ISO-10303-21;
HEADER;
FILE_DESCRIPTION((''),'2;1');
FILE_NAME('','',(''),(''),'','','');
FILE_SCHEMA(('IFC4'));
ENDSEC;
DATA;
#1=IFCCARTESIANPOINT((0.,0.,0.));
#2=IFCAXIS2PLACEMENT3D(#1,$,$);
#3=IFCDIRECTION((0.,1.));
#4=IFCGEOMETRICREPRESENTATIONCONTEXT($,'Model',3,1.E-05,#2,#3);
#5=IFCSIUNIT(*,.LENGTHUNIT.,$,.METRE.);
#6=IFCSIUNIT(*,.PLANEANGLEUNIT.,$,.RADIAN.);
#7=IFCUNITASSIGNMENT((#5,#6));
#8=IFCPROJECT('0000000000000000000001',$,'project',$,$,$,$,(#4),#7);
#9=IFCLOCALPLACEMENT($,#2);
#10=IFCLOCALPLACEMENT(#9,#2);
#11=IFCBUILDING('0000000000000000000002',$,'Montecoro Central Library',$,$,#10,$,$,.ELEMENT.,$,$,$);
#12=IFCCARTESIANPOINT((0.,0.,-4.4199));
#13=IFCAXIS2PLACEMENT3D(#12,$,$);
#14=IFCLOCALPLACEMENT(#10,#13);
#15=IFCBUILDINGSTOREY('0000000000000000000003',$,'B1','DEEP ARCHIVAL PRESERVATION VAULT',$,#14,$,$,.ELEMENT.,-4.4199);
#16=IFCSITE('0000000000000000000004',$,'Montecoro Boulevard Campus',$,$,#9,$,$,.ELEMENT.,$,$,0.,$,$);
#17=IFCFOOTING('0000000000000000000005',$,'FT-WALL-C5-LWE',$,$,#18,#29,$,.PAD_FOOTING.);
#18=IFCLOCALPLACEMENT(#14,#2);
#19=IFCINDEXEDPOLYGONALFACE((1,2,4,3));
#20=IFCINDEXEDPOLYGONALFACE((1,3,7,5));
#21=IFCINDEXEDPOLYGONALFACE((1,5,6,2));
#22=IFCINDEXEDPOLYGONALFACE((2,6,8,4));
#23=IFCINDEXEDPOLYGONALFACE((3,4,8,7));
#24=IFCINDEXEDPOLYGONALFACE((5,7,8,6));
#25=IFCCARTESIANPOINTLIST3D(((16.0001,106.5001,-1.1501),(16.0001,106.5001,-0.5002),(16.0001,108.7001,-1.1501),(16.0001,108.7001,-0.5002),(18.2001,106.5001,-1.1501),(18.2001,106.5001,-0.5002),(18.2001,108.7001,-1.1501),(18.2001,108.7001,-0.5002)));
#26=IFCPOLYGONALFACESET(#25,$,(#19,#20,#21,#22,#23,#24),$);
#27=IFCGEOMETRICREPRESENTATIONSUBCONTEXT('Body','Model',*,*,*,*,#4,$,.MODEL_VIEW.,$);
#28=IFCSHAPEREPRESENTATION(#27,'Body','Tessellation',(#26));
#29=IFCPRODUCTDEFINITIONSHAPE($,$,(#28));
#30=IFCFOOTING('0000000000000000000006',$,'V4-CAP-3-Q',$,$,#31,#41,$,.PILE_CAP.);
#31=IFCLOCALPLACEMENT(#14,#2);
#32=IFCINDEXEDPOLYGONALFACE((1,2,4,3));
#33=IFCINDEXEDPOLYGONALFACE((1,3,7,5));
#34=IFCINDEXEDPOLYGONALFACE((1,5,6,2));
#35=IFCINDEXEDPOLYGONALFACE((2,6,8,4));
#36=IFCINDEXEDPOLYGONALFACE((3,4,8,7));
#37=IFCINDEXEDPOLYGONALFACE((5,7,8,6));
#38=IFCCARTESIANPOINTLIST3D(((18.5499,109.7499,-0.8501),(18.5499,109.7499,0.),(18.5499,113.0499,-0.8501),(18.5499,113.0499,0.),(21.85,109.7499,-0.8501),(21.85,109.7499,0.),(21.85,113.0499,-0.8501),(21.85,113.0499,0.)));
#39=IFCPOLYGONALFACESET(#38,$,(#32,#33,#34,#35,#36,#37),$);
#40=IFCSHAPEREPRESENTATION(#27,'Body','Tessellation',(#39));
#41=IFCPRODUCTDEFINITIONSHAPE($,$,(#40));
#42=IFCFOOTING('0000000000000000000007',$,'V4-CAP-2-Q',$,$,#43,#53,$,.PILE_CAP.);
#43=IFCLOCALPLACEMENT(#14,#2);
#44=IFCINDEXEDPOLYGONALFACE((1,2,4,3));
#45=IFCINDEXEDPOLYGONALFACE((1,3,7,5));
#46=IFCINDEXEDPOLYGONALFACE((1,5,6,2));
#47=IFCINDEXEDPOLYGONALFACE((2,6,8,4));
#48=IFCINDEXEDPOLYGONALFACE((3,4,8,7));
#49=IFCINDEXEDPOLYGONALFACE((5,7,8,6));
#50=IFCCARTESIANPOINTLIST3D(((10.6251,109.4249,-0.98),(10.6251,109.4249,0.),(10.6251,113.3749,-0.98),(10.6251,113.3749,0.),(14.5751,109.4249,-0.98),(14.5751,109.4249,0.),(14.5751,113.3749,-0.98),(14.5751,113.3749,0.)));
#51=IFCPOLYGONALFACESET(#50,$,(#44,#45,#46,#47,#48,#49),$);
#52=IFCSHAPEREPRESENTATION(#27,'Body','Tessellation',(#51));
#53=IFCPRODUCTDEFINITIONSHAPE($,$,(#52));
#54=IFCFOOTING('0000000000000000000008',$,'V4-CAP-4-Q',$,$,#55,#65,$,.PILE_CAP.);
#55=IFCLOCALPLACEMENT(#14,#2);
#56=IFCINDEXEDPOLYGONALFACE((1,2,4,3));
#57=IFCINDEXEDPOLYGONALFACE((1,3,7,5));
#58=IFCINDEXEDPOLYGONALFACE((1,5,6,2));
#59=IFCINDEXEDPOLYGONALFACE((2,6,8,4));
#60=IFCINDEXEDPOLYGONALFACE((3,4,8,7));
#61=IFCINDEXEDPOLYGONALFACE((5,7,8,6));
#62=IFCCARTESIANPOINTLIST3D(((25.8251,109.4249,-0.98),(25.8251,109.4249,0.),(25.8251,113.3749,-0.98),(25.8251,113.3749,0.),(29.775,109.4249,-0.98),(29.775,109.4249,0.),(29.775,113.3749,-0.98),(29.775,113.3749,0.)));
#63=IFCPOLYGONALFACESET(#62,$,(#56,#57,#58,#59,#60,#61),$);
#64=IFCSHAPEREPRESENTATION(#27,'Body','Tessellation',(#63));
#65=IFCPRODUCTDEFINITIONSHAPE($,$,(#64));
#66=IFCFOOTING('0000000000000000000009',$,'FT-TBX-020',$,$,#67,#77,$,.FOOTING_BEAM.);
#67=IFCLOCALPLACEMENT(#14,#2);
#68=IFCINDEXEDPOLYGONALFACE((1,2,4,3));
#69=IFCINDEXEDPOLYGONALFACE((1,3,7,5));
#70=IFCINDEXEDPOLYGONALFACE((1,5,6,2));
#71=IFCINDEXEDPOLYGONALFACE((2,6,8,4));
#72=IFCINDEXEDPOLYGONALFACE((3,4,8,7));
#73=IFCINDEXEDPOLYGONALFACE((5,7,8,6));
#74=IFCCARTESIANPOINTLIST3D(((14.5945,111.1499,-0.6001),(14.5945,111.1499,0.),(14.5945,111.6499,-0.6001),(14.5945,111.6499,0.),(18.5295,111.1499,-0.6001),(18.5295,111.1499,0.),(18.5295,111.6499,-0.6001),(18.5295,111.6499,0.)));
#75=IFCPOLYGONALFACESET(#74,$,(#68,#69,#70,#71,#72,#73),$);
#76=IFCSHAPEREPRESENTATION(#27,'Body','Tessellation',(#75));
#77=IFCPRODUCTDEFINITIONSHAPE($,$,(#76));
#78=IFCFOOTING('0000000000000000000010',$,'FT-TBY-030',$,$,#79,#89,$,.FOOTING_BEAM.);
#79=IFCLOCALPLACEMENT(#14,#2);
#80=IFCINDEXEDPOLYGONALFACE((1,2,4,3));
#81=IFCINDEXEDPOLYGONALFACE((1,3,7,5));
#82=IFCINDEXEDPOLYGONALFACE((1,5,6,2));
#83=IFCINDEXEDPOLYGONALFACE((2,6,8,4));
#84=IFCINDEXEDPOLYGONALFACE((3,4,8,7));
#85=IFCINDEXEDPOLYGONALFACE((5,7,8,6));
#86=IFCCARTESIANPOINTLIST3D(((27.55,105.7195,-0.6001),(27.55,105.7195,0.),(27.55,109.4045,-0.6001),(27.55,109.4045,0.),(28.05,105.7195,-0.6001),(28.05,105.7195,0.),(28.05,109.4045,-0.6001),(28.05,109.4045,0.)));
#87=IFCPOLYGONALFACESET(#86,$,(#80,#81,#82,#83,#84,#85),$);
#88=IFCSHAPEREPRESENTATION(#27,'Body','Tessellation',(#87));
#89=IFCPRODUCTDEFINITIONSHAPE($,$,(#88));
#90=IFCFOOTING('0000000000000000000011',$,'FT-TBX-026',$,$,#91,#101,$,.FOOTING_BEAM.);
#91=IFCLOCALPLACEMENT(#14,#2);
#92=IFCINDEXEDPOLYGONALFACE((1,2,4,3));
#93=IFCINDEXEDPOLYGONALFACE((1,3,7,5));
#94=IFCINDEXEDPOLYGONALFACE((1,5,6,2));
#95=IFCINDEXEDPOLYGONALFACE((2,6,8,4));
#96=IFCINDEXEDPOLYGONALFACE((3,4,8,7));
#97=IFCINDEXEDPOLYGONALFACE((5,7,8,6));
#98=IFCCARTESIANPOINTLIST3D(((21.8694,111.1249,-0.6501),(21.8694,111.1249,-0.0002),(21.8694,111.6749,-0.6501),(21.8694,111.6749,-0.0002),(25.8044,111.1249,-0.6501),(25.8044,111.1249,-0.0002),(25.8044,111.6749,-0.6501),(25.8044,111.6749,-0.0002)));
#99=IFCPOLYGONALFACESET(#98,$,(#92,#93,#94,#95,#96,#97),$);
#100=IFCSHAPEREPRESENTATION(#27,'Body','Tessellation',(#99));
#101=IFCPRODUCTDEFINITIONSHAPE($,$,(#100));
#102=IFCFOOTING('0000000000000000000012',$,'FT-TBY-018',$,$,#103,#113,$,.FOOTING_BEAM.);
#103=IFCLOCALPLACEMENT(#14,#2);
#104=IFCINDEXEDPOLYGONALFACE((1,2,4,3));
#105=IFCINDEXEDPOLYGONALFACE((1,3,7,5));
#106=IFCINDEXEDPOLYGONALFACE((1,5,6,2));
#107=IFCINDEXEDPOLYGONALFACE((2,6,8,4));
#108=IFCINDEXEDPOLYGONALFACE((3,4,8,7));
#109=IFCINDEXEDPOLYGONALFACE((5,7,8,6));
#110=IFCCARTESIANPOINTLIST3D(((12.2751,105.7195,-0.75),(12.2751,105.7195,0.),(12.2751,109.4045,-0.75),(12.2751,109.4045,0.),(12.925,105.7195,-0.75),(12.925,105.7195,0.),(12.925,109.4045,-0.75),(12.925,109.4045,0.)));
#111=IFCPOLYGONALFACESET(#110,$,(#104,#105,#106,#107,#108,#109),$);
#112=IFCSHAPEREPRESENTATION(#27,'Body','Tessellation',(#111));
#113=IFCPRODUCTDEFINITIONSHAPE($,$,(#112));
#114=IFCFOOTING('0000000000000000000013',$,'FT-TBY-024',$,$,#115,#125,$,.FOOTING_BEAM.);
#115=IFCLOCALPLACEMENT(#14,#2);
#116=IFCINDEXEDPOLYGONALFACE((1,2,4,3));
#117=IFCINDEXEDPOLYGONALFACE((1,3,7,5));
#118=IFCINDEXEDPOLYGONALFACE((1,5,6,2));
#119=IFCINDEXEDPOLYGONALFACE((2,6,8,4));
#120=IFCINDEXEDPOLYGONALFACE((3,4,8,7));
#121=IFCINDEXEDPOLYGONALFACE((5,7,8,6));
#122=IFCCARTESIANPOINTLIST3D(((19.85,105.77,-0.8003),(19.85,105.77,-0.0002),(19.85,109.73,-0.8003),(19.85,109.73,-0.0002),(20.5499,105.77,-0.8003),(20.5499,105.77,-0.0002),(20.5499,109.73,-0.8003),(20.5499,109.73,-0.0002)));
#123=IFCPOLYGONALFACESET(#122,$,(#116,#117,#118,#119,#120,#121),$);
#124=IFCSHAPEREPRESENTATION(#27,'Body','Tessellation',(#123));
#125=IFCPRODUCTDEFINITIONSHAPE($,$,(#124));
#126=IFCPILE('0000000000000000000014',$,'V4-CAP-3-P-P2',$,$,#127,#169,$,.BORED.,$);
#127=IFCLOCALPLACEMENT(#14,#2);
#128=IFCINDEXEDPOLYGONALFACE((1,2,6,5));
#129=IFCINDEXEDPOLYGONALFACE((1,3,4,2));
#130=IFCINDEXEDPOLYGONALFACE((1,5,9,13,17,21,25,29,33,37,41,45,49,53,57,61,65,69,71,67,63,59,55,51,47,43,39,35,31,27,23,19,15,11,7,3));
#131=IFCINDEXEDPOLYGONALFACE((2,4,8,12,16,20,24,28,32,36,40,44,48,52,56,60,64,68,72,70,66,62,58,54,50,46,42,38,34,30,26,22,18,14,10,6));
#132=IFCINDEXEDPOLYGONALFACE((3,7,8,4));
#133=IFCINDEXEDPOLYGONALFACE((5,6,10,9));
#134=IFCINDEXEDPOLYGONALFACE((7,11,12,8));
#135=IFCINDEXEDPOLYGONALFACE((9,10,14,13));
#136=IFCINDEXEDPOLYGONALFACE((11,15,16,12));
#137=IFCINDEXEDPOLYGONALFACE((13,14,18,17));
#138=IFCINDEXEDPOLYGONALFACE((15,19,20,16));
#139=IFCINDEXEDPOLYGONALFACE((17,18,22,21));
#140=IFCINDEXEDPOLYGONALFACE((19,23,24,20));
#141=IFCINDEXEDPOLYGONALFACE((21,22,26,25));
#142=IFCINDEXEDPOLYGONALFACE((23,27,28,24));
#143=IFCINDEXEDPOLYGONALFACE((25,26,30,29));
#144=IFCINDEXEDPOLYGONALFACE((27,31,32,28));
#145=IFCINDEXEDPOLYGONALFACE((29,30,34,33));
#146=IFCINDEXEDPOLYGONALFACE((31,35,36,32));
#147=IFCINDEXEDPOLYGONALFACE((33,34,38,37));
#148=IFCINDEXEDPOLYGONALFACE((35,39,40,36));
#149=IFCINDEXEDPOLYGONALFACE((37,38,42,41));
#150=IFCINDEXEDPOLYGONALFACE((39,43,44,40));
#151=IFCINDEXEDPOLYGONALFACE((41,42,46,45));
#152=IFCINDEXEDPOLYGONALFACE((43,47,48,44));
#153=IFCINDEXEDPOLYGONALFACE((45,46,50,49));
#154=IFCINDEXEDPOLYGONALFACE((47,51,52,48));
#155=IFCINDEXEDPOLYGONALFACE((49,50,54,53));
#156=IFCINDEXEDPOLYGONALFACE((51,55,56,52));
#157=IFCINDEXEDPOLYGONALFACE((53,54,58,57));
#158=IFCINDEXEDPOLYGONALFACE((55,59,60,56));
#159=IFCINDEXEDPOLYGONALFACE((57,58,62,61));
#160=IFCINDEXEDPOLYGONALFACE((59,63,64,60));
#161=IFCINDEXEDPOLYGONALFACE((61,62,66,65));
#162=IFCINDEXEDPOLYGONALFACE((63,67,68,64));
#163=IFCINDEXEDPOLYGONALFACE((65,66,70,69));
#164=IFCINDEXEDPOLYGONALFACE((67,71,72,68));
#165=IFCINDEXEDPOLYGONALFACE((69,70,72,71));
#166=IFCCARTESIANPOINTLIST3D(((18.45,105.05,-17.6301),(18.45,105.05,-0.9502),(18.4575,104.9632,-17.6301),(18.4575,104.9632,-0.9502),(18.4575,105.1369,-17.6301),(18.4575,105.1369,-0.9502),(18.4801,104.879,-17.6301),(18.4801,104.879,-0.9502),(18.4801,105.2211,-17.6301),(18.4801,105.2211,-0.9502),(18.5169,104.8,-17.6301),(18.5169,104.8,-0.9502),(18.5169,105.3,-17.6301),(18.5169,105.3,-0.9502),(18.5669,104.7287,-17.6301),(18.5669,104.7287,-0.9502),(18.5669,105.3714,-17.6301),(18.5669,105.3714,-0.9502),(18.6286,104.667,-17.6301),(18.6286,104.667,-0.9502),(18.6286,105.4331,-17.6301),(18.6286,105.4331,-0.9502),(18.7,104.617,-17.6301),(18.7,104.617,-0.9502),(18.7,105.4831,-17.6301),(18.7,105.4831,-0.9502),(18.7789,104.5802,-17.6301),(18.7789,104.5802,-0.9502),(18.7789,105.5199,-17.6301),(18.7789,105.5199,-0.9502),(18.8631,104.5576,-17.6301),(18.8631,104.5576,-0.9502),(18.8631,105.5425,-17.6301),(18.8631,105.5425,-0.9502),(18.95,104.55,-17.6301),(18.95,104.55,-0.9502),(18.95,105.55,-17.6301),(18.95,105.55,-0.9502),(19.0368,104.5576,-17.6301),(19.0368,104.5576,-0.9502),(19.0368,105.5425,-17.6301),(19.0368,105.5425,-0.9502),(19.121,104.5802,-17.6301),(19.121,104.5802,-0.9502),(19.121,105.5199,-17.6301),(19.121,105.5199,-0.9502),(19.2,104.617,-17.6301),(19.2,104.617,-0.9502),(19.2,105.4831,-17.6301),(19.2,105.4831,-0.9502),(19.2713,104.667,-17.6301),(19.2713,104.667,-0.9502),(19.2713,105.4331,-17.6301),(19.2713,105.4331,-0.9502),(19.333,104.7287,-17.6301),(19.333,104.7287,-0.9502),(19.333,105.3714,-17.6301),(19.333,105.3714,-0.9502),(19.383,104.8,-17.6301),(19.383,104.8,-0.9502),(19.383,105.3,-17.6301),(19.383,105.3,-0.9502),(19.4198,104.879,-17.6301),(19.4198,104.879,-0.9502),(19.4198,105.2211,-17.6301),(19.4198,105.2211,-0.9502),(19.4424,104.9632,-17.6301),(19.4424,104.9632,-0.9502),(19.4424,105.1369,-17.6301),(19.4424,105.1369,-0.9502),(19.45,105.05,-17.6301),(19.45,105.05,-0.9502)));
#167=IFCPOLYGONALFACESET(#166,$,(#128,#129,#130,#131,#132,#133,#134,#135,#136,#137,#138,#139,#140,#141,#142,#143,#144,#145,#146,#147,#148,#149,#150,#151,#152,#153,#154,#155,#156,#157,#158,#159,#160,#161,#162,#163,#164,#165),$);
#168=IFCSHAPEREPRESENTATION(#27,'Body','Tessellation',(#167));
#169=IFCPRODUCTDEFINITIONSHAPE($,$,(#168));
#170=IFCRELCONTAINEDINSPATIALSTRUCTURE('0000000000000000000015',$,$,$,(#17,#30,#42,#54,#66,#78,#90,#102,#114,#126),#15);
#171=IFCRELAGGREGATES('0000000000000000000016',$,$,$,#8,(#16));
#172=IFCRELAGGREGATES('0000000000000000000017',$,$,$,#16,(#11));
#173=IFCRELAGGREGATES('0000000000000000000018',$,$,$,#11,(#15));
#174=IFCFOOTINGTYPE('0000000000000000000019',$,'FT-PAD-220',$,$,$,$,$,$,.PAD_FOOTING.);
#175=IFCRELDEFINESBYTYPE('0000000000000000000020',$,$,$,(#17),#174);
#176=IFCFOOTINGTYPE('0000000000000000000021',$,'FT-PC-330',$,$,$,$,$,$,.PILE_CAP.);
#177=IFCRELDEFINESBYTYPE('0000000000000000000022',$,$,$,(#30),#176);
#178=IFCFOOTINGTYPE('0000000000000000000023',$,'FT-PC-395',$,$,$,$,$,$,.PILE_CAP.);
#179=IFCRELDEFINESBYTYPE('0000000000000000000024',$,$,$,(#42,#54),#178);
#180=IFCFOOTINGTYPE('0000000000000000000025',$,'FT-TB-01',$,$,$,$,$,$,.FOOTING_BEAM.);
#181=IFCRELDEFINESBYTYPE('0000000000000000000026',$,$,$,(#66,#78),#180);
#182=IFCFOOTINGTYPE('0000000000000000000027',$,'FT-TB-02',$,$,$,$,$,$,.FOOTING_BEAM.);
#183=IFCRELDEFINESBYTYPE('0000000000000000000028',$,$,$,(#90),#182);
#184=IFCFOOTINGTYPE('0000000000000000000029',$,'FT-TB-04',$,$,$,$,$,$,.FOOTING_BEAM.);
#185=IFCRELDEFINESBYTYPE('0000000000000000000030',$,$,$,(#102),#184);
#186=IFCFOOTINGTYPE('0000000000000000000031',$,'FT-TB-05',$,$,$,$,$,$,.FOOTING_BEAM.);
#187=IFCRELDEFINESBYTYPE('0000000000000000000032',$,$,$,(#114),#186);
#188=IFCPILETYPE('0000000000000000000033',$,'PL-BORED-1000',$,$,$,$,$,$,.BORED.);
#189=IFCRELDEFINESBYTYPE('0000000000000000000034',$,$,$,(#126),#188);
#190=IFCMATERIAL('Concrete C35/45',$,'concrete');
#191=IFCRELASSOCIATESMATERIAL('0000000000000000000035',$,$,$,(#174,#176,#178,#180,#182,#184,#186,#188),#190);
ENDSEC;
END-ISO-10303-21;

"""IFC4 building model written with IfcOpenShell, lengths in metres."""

from ifc_helpers import new_model, si_unit, direction, frame, origin, origin_2d, place, context, subcontext, project, spatial, rectangle, circle, extrude, material, material_profile, profile_set, type_object, element, save


model = new_model("IFC4")

# Units and contexts
model_context = context("Model", 3, precision=1e-05, world=origin(), true_north=direction((0.0, 1.0)))
body_context = subcontext(model_context, "Body", "Model", "MODEL_VIEW")
ifc_project = project(units=[si_unit("LENGTHUNIT", "METRE"), si_unit("PLANEANGLEUNIT", "RADIAN")], contexts=[model_context])

# Site, building, storey
site_placement = place(None, origin())
site = spatial("IfcSite", under=ifc_project, at=site_placement, Name="Montecoro Boulevard Campus", CompositionType="ELEMENT", RefElevation=0.0)
building_placement = place(site_placement, origin())
building = spatial("IfcBuilding", under=site, at=building_placement, Name="Montecoro Central Library", CompositionType="ELEMENT")
storey_placement = place(building_placement, frame((0.0, 0.0, -4.4199)))
storey = spatial("IfcBuildingStorey", under=building, at=storey_placement, Name="B1", Description="DEEP ARCHIVAL PRESERVATION VAULT", CompositionType="ELEMENT", Elevation=-4.4199)

# Footings
ifc_material_1 = material(Name="Concrete C35/45", Category="concrete")
footing_type_1 = type_object("IfcFootingType", Name="FT-PAD-220", PredefinedType="PAD_FOOTING", material=ifc_material_1)
footing_1_placement = place(storey_placement, frame((17.1001, 107.6001, -1.1501), z_axis=(0.0, 0.0, 1.0), x_axis=(1.0, 0.0, 0.0)))
element("IfcFooting", 1, at=footing_1_placement, inside=storey, type_object=footing_type_1, Name="FT-WALL-C5-LWE", PredefinedType="PAD_FOOTING", context=body_context, shape_type="SweptSolid", body=[
    extrude(rectangle(XDim=2.2, YDim=2.2, at=origin_2d()), origin(), (0.0, 0.0, 1.0), 0.6499),
])
footing_type_2 = type_object("IfcFootingType", Name="FT-PC-330", PredefinedType="PILE_CAP", material=ifc_material_1)
footing_2_placement = place(storey_placement, frame((20.2, 111.3999, -0.8501), z_axis=(0.0, 0.0, 1.0), x_axis=(1.0, 0.0, 0.0)))
element("IfcFooting", 2, at=footing_2_placement, inside=storey, type_object=footing_type_2, Name="V4-CAP-3-Q", PredefinedType="PILE_CAP", context=body_context, shape_type="SweptSolid", body=[
    extrude(rectangle(XDim=3.3, YDim=3.3, at=origin_2d()), origin(), (0.0, 0.0, 1.0), 0.8501),
])
footing_type_3 = type_object("IfcFootingType", Name="FT-PC-395", PredefinedType="PILE_CAP", material=ifc_material_1)
for number, where, z_axis, x_axis, name in (
    (3, (12.6001, 111.3999, -0.98), (0.0, 0.0, 1.0), (1.0, 0.0, 0.0), "V4-CAP-2-Q"),
    (4, (27.8, 111.3999, -0.98), (0.0, 0.0, 1.0), (1.0, 0.0, 0.0), "V4-CAP-4-Q"),
):
    element("IfcFooting", number, at=place(storey_placement, frame(where, z_axis=z_axis, x_axis=x_axis)), inside=storey, type_object=footing_type_3, Name=name, PredefinedType="PILE_CAP", context=body_context, shape_type="SweptSolid", body=[
        extrude(rectangle(XDim=3.95, YDim=3.95, at=origin_2d()), origin(), (0.0, 0.0, 1.0), 0.98),
    ])
footing_type_4 = type_object("IfcFootingType", Name="FT-TB-01", PredefinedType="FOOTING_BEAM", material=ifc_material_1)
footing_3_placement = place(storey_placement, frame((16.562, 111.3999, -0.6001), z_axis=(0.0, 0.0, 1.0), x_axis=(1.0, 0.0, 0.0)))
element("IfcFooting", 5, at=footing_3_placement, inside=storey, type_object=footing_type_4, Name="FT-TBX-020", PredefinedType="FOOTING_BEAM", context=body_context, shape_type="SweptSolid", body=[
    extrude(rectangle(XDim=3.9351, YDim=0.5, at=origin_2d()), origin(), (0.0, 0.0, 1.0), 0.6001),
])
footing_4_placement = place(storey_placement, frame((27.8, 107.562, -0.6001), z_axis=(0.0, 0.0, 1.0), x_axis=(1.0, 0.0, 0.0)))
element("IfcFooting", 6, at=footing_4_placement, inside=storey, type_object=footing_type_4, Name="FT-TBY-030", PredefinedType="FOOTING_BEAM", context=body_context, shape_type="SweptSolid", body=[
    extrude(rectangle(XDim=0.5, YDim=3.6851, at=origin_2d()), origin(), (0.0, 0.0, 1.0), 0.6001),
])
footing_type_5 = type_object("IfcFootingType", Name="FT-TB-02", PredefinedType="FOOTING_BEAM", material=ifc_material_1)
footing_5_placement = place(storey_placement, frame((23.8369, 111.3999, -0.6501), z_axis=(0.0, 0.0, 1.0), x_axis=(1.0, 0.0, 0.0)))
element("IfcFooting", 7, at=footing_5_placement, inside=storey, type_object=footing_type_5, Name="FT-TBX-026", PredefinedType="FOOTING_BEAM", context=body_context, shape_type="SweptSolid", body=[
    extrude(rectangle(XDim=3.9351, YDim=0.55, at=origin_2d()), origin(), (0.0, 0.0, 1.0), 0.6499),
])
footing_type_6 = type_object("IfcFootingType", Name="FT-TB-04", PredefinedType="FOOTING_BEAM", material=ifc_material_1)
footing_6_placement = place(storey_placement, frame((12.6001, 107.562, -0.75), z_axis=(0.0, 0.0, 1.0), x_axis=(1.0, 0.0, 0.0)))
element("IfcFooting", 8, at=footing_6_placement, inside=storey, type_object=footing_type_6, Name="FT-TBY-018", PredefinedType="FOOTING_BEAM", context=body_context, shape_type="SweptSolid", body=[
    extrude(rectangle(XDim=0.6499, YDim=3.6851, at=origin_2d()), origin(), (0.0, 0.0, 1.0), 0.75),
])
footing_type_7 = type_object("IfcFootingType", Name="FT-TB-05", PredefinedType="FOOTING_BEAM", material=ifc_material_1)
footing_7_placement = place(storey_placement, frame((20.2, 107.75, -0.8003), z_axis=(0.0, 0.0, 1.0), x_axis=(1.0, 0.0, 0.0)))
element("IfcFooting", 9, at=footing_7_placement, inside=storey, type_object=footing_type_7, Name="FT-TBY-024", PredefinedType="FOOTING_BEAM", context=body_context, shape_type="SweptSolid", body=[
    extrude(rectangle(XDim=0.7, YDim=3.96, at=origin_2d()), origin(), (0.0, 0.0, 1.0), 0.8),
])

# Pile
ifc_material_profile_1 = material_profile(ifc_material_1, circle(Radius=0.5, at=origin_2d()), Name="PILE D1000")
ifc_profile_set_1 = profile_set([ifc_material_profile_1], Name="Concrete C35/45")
pile_type_1 = type_object("IfcPileType", Name="PL-BORED-1000", PredefinedType="BORED", material=ifc_profile_set_1)
for number, where, z_axis, x_axis, name in (
    (10, (18.95, 105.05, -0.9502), (0.0, 0.0, -1.0), (1.0, 0.0, 0.0), "V4-CAP-3-P-P2"),
):
    element("IfcPile", number, at=place(storey_placement, frame(where, z_axis=z_axis, x_axis=x_axis)), inside=storey, type_object=pile_type_1, Name=name, PredefinedType="BORED", context=body_context, shape_type="SweptSolid", body=[
        extrude(circle(Radius=0.5, at=origin_2d()), origin(), (0.0, 0.0, 1.0), 16.6799),
    ])

save(model, "model.ifc")
